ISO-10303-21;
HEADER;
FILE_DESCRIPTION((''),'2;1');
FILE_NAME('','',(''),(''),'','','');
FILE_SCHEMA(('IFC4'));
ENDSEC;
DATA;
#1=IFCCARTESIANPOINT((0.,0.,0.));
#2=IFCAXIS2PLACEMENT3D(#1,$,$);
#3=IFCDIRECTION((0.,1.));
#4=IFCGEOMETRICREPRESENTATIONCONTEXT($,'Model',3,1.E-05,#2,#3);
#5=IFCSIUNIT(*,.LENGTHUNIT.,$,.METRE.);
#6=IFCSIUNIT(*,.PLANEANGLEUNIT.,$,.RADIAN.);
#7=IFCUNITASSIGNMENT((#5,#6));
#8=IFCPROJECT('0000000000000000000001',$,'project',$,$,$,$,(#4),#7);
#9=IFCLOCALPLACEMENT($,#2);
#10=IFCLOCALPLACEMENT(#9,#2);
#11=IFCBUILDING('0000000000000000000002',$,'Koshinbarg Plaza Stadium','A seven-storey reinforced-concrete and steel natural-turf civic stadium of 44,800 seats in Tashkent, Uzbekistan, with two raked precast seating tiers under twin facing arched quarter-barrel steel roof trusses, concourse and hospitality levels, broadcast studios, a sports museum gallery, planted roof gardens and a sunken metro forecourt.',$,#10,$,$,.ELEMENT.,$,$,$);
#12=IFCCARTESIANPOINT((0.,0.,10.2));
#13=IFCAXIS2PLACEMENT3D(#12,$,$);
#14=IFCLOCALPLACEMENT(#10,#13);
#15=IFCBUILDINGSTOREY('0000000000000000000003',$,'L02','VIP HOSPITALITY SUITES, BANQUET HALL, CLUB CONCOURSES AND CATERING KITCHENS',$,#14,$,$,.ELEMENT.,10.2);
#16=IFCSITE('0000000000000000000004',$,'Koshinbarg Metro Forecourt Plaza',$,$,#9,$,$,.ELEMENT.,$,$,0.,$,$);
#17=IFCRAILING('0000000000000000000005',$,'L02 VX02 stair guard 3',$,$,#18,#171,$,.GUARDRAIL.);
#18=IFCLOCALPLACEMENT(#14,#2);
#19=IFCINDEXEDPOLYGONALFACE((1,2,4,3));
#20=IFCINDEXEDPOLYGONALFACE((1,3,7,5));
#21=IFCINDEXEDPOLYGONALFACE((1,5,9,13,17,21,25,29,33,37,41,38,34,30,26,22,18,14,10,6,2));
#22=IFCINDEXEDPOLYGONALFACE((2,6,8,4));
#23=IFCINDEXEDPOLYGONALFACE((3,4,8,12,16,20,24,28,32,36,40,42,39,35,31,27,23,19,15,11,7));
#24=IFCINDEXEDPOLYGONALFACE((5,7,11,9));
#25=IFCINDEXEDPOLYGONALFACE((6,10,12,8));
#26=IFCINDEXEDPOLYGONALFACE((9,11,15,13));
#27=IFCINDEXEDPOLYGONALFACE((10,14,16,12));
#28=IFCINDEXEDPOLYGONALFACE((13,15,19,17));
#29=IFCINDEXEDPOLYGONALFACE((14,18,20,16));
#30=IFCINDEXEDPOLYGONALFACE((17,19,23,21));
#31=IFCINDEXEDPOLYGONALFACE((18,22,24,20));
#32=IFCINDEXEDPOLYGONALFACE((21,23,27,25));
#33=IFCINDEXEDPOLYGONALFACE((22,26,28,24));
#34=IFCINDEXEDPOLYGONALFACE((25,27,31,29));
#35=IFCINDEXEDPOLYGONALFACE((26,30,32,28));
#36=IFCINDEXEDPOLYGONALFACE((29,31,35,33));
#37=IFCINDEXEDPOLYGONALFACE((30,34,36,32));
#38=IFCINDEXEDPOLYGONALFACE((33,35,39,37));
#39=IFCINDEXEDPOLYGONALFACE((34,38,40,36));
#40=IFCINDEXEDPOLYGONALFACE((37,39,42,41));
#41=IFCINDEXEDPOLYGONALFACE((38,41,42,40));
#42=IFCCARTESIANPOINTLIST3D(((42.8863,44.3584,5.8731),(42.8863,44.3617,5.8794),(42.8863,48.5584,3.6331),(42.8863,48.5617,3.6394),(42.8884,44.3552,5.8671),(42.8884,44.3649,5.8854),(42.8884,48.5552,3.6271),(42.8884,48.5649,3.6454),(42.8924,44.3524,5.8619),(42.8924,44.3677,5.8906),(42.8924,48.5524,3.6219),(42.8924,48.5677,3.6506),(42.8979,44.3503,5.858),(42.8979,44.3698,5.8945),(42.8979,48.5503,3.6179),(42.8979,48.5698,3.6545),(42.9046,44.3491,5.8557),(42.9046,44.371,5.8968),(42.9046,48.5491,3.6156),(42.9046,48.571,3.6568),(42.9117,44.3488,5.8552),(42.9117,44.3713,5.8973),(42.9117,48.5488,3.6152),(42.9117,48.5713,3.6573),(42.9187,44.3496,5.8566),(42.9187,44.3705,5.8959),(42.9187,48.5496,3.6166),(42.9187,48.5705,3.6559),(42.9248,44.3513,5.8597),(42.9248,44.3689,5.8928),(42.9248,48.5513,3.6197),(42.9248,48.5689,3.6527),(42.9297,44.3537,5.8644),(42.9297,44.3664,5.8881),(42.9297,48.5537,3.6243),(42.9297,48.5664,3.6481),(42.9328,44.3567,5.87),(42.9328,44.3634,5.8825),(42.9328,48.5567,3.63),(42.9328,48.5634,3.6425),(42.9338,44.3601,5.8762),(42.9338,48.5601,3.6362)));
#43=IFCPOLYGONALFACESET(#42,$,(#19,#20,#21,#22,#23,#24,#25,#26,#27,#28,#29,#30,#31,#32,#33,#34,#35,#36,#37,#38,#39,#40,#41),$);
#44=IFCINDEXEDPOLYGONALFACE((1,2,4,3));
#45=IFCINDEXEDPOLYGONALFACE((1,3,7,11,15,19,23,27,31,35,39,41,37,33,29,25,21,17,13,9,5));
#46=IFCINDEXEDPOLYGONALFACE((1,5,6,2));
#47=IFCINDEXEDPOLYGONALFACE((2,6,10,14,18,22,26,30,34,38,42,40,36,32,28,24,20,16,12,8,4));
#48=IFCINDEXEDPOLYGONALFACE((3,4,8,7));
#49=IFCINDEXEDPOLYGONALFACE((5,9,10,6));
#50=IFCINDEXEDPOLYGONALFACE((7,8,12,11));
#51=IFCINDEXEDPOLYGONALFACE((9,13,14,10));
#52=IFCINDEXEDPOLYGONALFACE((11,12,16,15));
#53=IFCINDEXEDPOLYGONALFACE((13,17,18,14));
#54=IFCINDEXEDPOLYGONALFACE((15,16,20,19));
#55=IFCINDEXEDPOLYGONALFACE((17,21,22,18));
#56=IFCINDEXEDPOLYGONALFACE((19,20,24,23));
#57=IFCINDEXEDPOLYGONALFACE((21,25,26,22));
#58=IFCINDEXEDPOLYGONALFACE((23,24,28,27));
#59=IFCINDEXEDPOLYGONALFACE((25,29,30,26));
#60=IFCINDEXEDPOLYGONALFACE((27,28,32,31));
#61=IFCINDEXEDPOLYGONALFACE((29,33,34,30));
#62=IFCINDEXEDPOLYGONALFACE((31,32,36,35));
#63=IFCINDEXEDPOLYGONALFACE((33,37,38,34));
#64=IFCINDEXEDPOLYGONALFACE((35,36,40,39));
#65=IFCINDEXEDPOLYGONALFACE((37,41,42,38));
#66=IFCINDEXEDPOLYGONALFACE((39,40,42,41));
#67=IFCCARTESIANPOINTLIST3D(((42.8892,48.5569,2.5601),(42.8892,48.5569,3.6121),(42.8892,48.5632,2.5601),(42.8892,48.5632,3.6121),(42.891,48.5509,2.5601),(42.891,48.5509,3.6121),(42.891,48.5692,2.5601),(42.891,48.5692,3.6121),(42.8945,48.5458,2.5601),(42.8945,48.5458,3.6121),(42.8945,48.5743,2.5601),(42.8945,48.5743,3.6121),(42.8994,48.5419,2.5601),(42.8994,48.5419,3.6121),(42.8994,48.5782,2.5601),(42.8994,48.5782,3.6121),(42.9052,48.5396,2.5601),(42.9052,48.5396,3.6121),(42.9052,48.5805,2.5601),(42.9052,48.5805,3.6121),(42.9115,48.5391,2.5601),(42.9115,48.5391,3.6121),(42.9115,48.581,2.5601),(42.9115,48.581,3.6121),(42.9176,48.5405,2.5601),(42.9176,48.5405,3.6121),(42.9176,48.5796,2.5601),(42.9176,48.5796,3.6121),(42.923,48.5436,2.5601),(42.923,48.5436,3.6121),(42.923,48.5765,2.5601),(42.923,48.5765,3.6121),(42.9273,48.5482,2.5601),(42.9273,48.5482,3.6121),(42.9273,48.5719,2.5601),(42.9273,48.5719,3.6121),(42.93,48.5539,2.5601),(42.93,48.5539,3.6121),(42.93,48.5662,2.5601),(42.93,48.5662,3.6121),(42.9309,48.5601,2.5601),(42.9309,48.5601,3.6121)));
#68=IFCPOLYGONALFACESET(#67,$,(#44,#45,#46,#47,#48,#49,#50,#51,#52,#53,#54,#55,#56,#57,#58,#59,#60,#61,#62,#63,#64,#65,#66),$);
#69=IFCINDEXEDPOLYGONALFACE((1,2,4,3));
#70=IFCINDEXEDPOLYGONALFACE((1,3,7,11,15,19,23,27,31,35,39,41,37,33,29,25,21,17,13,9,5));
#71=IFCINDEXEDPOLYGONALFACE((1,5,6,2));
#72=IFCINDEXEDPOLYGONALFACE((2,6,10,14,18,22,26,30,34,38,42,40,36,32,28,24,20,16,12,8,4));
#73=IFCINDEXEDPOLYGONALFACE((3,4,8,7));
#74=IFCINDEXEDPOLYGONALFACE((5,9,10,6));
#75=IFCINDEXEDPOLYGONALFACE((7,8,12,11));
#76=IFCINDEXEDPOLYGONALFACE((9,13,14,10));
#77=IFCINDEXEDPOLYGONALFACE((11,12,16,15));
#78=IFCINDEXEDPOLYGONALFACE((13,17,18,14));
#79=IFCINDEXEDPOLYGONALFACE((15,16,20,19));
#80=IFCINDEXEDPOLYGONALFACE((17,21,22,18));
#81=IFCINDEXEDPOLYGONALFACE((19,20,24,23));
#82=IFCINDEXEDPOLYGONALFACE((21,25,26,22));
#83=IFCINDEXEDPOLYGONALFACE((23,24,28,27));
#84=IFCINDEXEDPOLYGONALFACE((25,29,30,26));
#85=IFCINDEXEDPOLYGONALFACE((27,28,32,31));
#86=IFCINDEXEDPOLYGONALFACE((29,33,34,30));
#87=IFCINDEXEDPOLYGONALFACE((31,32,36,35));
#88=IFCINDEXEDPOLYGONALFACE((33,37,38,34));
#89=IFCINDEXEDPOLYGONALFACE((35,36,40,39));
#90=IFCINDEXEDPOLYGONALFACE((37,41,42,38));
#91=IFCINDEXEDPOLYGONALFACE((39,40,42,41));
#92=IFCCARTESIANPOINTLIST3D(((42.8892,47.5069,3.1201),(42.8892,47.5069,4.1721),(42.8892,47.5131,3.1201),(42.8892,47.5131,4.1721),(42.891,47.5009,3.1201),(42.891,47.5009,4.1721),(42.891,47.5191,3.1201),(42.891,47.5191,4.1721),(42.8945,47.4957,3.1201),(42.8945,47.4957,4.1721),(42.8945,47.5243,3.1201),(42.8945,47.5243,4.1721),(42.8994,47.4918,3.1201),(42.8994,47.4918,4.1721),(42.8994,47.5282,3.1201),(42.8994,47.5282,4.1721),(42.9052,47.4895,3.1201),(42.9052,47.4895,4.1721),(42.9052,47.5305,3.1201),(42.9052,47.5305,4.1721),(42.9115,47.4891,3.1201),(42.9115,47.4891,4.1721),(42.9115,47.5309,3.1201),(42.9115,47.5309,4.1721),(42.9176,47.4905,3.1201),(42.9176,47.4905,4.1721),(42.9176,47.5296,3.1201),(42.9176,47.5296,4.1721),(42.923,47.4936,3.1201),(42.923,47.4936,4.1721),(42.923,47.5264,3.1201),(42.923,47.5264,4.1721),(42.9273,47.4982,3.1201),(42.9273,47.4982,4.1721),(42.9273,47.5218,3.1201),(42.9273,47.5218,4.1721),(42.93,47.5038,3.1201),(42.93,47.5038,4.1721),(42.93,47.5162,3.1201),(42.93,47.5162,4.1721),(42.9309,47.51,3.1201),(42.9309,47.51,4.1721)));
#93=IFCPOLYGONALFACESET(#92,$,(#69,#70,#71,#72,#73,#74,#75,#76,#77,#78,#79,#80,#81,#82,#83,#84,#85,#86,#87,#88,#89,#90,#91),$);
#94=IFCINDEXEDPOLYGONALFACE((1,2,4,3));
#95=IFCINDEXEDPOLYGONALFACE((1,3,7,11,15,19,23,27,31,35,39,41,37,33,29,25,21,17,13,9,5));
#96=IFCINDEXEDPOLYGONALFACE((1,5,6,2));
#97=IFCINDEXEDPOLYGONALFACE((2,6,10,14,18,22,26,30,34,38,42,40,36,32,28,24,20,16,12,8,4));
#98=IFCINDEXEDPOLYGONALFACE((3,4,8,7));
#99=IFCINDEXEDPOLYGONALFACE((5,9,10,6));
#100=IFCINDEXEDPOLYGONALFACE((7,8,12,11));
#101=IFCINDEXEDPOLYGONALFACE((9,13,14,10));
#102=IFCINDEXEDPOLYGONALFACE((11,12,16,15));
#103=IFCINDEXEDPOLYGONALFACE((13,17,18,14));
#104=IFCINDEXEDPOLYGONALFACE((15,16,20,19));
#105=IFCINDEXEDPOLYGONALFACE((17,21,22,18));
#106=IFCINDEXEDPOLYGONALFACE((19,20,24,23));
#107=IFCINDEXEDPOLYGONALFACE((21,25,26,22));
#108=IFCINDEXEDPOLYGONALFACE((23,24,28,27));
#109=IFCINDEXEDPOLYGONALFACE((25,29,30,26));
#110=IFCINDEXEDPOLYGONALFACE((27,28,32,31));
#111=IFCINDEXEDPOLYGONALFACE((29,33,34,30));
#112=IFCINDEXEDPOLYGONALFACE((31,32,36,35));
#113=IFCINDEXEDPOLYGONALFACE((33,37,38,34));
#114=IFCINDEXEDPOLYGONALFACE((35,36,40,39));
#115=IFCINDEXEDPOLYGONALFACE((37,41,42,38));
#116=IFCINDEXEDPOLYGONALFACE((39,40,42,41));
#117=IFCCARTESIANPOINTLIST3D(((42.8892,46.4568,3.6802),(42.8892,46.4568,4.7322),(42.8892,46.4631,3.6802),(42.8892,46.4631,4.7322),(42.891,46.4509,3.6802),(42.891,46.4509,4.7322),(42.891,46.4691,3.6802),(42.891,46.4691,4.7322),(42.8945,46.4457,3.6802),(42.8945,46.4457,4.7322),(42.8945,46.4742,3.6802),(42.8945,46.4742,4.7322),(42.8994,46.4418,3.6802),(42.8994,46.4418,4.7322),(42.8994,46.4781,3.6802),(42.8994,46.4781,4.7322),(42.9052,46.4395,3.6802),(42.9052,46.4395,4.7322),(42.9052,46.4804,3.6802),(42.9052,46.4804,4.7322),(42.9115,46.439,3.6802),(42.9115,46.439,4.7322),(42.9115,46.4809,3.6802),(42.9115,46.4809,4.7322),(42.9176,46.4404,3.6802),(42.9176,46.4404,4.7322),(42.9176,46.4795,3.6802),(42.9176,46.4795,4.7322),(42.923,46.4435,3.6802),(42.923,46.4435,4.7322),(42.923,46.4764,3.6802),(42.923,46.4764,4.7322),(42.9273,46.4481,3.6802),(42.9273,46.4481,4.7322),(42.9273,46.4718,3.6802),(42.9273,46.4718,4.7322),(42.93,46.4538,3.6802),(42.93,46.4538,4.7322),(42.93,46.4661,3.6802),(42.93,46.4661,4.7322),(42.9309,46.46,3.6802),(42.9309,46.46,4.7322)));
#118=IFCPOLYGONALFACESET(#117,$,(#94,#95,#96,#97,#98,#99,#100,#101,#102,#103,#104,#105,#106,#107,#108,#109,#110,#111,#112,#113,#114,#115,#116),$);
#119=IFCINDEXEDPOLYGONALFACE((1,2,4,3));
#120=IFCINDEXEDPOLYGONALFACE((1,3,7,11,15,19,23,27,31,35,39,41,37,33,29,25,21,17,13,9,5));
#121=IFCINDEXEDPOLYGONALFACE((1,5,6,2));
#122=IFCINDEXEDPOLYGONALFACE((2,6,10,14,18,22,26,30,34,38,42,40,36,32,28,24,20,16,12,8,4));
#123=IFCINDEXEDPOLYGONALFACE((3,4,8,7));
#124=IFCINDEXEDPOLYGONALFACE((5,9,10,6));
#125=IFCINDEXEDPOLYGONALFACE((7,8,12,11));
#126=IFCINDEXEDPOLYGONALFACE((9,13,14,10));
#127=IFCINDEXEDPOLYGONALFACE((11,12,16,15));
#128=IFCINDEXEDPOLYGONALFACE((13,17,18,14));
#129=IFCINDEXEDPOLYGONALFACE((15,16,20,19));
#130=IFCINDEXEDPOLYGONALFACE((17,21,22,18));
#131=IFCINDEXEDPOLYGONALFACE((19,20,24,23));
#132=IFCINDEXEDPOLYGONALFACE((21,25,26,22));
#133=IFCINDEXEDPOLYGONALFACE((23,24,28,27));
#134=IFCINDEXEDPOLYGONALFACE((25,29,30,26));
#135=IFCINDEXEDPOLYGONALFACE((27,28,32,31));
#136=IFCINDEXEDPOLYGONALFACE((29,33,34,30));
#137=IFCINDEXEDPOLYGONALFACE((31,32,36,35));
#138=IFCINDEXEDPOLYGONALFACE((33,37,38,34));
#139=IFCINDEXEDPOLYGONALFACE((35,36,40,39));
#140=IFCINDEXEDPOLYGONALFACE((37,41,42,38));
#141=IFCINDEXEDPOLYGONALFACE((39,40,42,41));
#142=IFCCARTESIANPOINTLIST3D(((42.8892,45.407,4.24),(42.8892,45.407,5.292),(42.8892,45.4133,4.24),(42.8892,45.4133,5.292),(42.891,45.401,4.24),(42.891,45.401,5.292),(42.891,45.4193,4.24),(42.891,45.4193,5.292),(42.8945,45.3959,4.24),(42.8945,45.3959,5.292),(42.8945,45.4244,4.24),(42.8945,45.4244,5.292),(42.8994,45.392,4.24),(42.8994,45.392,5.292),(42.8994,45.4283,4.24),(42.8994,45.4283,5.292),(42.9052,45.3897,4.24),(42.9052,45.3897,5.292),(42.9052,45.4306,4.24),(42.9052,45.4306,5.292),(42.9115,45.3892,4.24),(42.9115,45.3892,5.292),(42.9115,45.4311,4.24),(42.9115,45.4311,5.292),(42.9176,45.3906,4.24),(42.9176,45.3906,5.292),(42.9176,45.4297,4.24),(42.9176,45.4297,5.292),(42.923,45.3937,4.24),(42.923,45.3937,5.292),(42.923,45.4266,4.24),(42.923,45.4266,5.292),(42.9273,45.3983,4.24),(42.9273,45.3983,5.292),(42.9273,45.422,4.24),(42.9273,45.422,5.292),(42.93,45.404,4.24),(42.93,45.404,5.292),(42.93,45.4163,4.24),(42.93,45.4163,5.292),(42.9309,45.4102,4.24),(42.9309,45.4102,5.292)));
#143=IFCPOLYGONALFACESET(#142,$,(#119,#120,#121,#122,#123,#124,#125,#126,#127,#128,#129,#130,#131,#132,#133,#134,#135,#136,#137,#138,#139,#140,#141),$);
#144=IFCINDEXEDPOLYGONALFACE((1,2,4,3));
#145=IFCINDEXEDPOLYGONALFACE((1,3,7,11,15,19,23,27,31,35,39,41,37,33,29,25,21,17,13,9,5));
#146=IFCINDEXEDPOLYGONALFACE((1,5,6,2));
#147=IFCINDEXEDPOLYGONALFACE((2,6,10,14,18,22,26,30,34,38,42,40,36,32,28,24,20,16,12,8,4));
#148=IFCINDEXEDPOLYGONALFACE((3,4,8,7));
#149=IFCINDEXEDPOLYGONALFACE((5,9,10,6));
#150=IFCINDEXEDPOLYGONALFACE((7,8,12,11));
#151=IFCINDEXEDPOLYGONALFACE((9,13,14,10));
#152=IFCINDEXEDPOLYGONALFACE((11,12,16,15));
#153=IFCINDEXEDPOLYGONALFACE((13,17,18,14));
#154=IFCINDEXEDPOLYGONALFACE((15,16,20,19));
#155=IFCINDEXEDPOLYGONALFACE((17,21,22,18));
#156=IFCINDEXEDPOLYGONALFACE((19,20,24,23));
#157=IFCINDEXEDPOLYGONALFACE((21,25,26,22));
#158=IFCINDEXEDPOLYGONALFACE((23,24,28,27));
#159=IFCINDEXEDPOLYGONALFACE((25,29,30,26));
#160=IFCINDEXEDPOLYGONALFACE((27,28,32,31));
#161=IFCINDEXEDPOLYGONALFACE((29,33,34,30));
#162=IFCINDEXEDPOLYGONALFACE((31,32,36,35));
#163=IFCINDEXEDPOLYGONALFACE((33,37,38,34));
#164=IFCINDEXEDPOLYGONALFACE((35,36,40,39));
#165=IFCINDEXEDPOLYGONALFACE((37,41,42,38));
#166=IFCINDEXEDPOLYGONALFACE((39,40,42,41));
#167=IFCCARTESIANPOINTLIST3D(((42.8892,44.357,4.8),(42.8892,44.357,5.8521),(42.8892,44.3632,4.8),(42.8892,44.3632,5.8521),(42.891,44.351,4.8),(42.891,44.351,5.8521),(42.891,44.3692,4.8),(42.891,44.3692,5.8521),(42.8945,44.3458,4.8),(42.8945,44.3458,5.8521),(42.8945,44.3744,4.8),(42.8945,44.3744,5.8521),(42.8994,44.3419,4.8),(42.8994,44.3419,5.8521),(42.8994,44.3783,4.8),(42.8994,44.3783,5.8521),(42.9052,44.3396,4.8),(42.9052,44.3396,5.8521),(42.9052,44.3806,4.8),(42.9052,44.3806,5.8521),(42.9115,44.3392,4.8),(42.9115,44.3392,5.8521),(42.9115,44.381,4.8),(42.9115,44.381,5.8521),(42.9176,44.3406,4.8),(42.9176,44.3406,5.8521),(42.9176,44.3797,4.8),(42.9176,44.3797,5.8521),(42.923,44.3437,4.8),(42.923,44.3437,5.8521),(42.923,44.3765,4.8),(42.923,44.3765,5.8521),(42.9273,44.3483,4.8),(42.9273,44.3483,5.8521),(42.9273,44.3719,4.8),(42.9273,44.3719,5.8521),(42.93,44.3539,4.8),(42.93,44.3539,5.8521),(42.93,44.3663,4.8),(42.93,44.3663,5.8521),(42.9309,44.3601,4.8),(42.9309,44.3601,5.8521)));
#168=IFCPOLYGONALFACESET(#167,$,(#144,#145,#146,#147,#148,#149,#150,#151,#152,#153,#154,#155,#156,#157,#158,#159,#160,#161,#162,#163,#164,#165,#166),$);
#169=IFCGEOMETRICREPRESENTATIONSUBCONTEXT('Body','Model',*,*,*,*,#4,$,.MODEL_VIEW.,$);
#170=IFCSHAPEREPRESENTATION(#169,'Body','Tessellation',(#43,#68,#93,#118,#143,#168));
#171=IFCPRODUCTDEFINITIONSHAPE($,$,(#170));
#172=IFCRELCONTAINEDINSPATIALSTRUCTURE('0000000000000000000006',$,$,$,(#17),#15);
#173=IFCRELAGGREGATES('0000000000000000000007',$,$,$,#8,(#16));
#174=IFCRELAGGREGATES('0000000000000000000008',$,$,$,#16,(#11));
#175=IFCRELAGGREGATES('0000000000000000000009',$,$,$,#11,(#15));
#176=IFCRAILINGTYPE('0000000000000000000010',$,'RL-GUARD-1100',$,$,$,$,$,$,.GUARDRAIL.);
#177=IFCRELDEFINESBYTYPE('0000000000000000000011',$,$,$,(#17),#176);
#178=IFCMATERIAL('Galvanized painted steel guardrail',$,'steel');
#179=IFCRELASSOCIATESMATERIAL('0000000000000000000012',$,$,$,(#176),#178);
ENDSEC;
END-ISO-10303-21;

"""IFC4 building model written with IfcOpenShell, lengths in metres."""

from ifc_helpers import new_model, si_unit, direction, frame, origin, origin_2d, place, context, subcontext, project, spatial, circle, extrude, material, type_object, element, save


model = new_model("IFC4")

# Units and contexts
model_context = context("Model", 3, precision=1e-05, world=origin(), true_north=direction((0.0, 1.0)))
body_context = subcontext(model_context, "Body", "Model", "MODEL_VIEW")
ifc_project = project(units=[si_unit("LENGTHUNIT", "METRE"), si_unit("PLANEANGLEUNIT", "RADIAN")], contexts=[model_context])

# Site, building, storey
site_placement = place(None, origin())
site = spatial("IfcSite", under=ifc_project, at=site_placement, Name="Koshinbarg Metro Forecourt Plaza", CompositionType="ELEMENT", RefElevation=0.0)
building_placement = place(site_placement, origin())
building = spatial("IfcBuilding", under=site, at=building_placement, Name="Koshinbarg Plaza Stadium", Description="A seven-storey reinforced-concrete and steel natural-turf civic stadium of 44,800 seats in Tashkent, Uzbekistan, with two raked precast seating tiers under twin facing arched quarter-barrel steel roof trusses, concourse and hospitality levels, broadcast studios, a sports museum gallery, planted roof gardens and a sunken metro forecourt.", CompositionType="ELEMENT")
storey_placement = place(building_placement, frame((0.0, 0.0, 10.2)))
storey = spatial("IfcBuildingStorey", under=building, at=storey_placement, Name="L02", Description="VIP HOSPITALITY SUITES, BANQUET HALL, CLUB CONCOURSES AND CATERING KITCHENS", CompositionType="ELEMENT", Elevation=10.2)

# Railing
ifc_material_1 = material(Name="Galvanized painted steel guardrail", Category="steel")
railing_type_1 = type_object("IfcRailingType", Name="RL-GUARD-1100", PredefinedType="GUARDRAIL", material=ifc_material_1)
for number, where, name in (
    (1, (42.9099, 48.5601, 2.5601), "L02 VX02 stair guard 3"),
):
    element("IfcRailing", number, at=place(storey_placement, frame(where)), inside=storey, type_object=railing_type_1, Name=name, PredefinedType="GUARDRAIL", context=body_context, shape_type="SweptSolid", body=[
        extrude(circle(Radius=0.0239, at=origin_2d()), frame((0.0, 0.0, 1.0762), z_axis=(0.0, -0.882352, 0.470591), x_axis=(1.0, 0.0, 0.0)), (0.0, 0.0, 1.0), 4.76),
        extrude(circle(Radius=0.021, at=origin_2d()), origin(), (0.0, 0.0, 1.0), 1.052),
        extrude(circle(Radius=0.021, at=origin_2d()), frame((0.0, -1.05, 0.5601)), (0.0, 0.0, 1.0), 1.052),
        extrude(circle(Radius=0.021, at=origin_2d()), frame((0.0, -2.1001, 1.1201)), (0.0, 0.0, 1.0), 1.052),
        extrude(circle(Radius=0.021, at=origin_2d()), frame((0.0, -3.1499, 1.6799)), (0.0, 0.0, 1.0), 1.052),
        extrude(circle(Radius=0.021, at=origin_2d()), frame((0.0, -4.2, 2.24)), (0.0, 0.0, 1.0), 1.052),
    ])

save(model, "model.ifc")
